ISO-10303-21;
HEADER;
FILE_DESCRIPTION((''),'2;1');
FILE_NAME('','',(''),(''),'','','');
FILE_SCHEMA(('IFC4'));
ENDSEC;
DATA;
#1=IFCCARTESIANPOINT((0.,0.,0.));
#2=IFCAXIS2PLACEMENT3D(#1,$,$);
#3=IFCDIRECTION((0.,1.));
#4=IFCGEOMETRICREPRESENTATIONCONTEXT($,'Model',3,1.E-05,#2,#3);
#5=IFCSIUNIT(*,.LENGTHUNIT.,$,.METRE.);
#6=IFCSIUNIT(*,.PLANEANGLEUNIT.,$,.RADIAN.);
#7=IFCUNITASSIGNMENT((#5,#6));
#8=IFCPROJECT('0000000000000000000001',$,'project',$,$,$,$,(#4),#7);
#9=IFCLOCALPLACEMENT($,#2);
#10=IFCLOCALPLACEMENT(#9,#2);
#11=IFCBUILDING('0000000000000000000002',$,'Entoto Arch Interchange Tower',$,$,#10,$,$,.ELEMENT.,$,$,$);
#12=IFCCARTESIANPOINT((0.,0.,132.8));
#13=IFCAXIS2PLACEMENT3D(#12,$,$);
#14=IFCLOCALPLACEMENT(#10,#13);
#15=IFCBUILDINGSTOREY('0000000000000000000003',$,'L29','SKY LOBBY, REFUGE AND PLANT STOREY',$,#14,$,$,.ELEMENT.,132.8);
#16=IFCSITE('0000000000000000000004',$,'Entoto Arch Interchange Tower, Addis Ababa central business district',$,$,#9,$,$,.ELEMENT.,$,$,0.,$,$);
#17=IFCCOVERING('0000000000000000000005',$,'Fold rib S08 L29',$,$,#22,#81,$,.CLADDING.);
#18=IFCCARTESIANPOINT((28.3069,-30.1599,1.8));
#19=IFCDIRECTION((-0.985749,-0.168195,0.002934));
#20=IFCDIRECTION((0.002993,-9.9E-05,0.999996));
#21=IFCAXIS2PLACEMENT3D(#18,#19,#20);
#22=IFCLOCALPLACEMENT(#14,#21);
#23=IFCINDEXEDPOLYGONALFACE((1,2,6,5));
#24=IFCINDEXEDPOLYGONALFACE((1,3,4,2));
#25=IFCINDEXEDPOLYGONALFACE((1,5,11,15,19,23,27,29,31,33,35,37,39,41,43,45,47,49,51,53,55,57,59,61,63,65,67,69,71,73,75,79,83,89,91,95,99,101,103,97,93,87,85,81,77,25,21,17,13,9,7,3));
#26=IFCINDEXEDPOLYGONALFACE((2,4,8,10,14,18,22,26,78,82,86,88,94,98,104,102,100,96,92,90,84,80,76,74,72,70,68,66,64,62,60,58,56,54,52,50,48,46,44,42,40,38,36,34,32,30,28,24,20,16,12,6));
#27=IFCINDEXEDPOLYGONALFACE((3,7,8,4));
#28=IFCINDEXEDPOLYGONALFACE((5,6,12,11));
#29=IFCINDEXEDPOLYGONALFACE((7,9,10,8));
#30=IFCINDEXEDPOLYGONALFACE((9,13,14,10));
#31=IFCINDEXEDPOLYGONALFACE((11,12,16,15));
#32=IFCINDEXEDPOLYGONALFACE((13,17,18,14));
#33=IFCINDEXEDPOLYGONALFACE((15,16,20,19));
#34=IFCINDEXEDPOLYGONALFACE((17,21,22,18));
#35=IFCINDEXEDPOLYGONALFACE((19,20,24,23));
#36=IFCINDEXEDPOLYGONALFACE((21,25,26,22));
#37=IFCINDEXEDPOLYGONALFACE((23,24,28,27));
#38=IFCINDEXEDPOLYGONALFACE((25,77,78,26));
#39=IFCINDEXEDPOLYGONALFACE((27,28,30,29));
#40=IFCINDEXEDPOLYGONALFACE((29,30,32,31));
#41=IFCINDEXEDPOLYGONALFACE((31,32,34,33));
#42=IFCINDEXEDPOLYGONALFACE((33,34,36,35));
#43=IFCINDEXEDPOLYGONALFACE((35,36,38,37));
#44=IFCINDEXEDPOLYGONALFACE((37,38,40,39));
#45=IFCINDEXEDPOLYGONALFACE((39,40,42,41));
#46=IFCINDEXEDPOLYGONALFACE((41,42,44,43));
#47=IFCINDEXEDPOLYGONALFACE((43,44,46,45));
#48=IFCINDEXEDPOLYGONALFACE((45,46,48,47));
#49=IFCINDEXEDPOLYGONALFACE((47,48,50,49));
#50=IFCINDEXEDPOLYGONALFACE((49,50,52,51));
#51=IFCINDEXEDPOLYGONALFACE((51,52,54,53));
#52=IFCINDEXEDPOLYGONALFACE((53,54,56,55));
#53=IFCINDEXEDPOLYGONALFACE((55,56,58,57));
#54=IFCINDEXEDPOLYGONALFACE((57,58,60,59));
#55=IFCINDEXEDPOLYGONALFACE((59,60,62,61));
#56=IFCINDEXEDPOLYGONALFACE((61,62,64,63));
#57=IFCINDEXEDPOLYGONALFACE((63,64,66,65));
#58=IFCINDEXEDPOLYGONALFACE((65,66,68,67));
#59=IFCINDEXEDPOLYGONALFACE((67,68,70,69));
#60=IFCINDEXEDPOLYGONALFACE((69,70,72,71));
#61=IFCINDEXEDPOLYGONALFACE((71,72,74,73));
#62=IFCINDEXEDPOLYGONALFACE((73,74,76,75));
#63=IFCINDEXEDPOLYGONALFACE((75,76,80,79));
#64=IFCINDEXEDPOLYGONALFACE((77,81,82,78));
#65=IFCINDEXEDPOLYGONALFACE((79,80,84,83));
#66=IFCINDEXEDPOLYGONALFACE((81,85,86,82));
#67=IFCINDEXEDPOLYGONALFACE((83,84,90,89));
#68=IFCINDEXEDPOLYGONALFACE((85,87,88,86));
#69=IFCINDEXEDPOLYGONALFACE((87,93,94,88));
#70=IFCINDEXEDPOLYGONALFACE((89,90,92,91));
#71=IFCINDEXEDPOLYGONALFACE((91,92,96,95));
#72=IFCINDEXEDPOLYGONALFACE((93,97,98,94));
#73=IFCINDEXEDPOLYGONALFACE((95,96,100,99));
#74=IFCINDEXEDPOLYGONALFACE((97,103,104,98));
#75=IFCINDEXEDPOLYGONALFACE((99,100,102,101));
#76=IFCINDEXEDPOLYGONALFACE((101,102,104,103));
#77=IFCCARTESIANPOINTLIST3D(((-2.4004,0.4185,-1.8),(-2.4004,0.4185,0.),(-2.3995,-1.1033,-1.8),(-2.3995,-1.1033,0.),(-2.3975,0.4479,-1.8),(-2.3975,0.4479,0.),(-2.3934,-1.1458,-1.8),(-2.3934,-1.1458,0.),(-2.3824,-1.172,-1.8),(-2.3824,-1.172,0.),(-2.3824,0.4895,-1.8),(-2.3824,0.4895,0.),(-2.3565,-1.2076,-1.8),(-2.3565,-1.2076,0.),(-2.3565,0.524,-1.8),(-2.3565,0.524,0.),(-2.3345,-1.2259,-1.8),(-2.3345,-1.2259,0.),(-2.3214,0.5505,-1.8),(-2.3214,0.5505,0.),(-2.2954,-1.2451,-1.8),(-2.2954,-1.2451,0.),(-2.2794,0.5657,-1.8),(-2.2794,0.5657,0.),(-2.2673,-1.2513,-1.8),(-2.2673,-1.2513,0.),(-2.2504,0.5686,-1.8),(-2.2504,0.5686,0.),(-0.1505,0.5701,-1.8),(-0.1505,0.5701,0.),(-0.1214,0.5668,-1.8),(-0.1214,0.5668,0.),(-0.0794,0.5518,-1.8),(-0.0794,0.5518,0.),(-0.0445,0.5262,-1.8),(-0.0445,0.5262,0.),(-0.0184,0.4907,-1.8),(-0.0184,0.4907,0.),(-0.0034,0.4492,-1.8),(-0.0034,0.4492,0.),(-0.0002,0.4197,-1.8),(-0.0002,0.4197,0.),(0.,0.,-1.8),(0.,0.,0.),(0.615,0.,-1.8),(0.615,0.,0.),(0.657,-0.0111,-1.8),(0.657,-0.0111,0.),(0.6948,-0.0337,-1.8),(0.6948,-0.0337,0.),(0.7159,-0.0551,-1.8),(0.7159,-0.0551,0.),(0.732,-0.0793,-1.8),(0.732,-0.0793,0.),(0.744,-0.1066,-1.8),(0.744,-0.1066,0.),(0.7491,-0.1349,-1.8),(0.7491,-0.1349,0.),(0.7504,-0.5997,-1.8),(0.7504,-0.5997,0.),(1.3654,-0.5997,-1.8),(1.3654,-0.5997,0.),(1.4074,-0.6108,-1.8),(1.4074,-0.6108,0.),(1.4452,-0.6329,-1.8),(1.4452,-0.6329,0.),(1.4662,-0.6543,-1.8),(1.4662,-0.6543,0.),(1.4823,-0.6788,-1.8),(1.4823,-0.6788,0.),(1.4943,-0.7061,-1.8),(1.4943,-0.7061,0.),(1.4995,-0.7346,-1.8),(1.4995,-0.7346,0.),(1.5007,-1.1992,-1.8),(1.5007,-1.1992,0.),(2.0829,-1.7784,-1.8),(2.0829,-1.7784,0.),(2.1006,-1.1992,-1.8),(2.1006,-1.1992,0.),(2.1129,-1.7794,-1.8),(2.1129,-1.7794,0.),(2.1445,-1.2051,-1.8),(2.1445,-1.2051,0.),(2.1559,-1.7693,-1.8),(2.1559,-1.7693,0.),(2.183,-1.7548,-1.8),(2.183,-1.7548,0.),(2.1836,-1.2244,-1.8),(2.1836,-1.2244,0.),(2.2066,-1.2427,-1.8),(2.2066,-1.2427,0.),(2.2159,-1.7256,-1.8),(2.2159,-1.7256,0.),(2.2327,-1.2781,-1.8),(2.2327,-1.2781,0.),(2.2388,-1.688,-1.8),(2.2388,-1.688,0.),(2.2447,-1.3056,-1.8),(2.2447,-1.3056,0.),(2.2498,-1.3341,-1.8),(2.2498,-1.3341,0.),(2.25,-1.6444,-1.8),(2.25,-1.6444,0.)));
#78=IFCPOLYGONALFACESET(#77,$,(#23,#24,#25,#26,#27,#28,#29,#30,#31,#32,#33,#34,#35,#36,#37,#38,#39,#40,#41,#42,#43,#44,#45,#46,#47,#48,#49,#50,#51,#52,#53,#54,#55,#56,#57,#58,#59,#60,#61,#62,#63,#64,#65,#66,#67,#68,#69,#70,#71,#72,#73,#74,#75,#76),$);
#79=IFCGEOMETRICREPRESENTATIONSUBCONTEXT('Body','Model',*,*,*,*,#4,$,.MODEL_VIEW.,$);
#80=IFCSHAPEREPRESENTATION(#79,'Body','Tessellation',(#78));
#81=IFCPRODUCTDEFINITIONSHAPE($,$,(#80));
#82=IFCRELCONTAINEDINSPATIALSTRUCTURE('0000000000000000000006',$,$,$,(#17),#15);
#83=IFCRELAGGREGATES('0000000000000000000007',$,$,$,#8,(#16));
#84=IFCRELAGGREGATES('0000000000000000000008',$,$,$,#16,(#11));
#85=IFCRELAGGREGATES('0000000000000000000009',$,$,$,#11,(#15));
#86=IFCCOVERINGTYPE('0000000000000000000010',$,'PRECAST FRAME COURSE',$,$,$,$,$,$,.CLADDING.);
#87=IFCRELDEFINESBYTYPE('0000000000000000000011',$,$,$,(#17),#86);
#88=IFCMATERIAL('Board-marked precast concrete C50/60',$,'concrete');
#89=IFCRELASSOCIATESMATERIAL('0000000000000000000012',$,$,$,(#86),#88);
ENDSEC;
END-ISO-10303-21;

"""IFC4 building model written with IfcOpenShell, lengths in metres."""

from ifc_helpers import new_model, si_unit, direction, frame, origin, place, context, subcontext, project, spatial, polyline, outline, extrude, material, type_object, element, save


model = new_model("IFC4")

# Units and contexts
model_context = context("Model", 3, precision=1e-05, world=origin(), true_north=direction((0.0, 1.0)))
body_context = subcontext(model_context, "Body", "Model", "MODEL_VIEW")
ifc_project = project(units=[si_unit("LENGTHUNIT", "METRE"), si_unit("PLANEANGLEUNIT", "RADIAN")], contexts=[model_context])

# Site, building, storey
site_placement = place(None, origin())
site = spatial("IfcSite", under=ifc_project, at=site_placement, Name="Entoto Arch Interchange Tower, Addis Ababa central business district", CompositionType="ELEMENT", RefElevation=0.0)
building_placement = place(site_placement, origin())
building = spatial("IfcBuilding", under=site, at=building_placement, Name="Entoto Arch Interchange Tower", CompositionType="ELEMENT")
storey_placement = place(building_placement, frame((0.0, 0.0, 132.8)))
storey = spatial("IfcBuildingStorey", under=building, at=storey_placement, Name="L29", Description="SKY LOBBY, REFUGE AND PLANT STOREY", CompositionType="ELEMENT", Elevation=132.8)

# Shared definitions
ifc_material_1 = material(Name="Board-marked precast concrete C50/60", Category="concrete")

# Covering
covering_type = type_object("IfcCoveringType", Name="PRECAST FRAME COURSE", PredefinedType="CLADDING", material=ifc_material_1)
covering_placement = place(storey_placement, frame((28.3069, -30.1599, 1.8), z_axis=(-0.985749, -0.168195, 0.002934), x_axis=(0.002993, -0.000099, 0.999996)))
element("IfcCovering", 1, at=covering_placement, inside=storey, type_object=covering_type, Name="Fold rib S08 L29", PredefinedType="CLADDING", context=body_context, shape_type="SweptSolid", body=[
    extrude(outline(polyline([(0.0, 0.0), (0.615, 0.0), (0.657, -0.0111), (0.6948, -0.0337), (0.7159, -0.0551), (0.732, -0.0793), (0.744, -0.1066), (0.7491, -0.1349), (0.7504, -0.5997), (1.3654, -0.5997), (1.4074, -0.6108), (1.4452, -0.6329), (1.4662, -0.6543), (1.4823, -0.6788), (1.4943, -0.7061), (1.4995, -0.7346), (1.5007, -1.1992), (2.1006, -1.1992), (2.1445, -1.2051), (2.1836, -1.2244), (2.2066, -1.2427), (2.2327, -1.2781), (2.2447, -1.3056), (2.2498, -1.3341), (2.25, -1.6444), (2.2388, -1.688), (2.2159, -1.7256), (2.183, -1.7548), (2.1559, -1.7693), (2.1129, -1.7794), (2.0829, -1.7784), (-2.2673, -1.2513), (-2.2954, -1.2451), (-2.3345, -1.2259), (-2.3565, -1.2076), (-2.3824, -1.172), (-2.3934, -1.1458), (-2.3995, -1.1033), (-2.4004, 0.4185), (-2.3975, 0.4479), (-2.3824, 0.4895), (-2.3565, 0.524), (-2.3214, 0.5505), (-2.2794, 0.5657), (-2.2504, 0.5686), (-0.1505, 0.5701), (-0.1214, 0.5668), (-0.0794, 0.5518), (-0.0445, 0.5262), (-0.0184, 0.4907), (-0.0034, 0.4492), (-0.0002, 0.4197), (0.0, 0.0)])), origin(), (0.0, 0.0, -1.0), 1.8),
])

save(model, "model.ifc")
